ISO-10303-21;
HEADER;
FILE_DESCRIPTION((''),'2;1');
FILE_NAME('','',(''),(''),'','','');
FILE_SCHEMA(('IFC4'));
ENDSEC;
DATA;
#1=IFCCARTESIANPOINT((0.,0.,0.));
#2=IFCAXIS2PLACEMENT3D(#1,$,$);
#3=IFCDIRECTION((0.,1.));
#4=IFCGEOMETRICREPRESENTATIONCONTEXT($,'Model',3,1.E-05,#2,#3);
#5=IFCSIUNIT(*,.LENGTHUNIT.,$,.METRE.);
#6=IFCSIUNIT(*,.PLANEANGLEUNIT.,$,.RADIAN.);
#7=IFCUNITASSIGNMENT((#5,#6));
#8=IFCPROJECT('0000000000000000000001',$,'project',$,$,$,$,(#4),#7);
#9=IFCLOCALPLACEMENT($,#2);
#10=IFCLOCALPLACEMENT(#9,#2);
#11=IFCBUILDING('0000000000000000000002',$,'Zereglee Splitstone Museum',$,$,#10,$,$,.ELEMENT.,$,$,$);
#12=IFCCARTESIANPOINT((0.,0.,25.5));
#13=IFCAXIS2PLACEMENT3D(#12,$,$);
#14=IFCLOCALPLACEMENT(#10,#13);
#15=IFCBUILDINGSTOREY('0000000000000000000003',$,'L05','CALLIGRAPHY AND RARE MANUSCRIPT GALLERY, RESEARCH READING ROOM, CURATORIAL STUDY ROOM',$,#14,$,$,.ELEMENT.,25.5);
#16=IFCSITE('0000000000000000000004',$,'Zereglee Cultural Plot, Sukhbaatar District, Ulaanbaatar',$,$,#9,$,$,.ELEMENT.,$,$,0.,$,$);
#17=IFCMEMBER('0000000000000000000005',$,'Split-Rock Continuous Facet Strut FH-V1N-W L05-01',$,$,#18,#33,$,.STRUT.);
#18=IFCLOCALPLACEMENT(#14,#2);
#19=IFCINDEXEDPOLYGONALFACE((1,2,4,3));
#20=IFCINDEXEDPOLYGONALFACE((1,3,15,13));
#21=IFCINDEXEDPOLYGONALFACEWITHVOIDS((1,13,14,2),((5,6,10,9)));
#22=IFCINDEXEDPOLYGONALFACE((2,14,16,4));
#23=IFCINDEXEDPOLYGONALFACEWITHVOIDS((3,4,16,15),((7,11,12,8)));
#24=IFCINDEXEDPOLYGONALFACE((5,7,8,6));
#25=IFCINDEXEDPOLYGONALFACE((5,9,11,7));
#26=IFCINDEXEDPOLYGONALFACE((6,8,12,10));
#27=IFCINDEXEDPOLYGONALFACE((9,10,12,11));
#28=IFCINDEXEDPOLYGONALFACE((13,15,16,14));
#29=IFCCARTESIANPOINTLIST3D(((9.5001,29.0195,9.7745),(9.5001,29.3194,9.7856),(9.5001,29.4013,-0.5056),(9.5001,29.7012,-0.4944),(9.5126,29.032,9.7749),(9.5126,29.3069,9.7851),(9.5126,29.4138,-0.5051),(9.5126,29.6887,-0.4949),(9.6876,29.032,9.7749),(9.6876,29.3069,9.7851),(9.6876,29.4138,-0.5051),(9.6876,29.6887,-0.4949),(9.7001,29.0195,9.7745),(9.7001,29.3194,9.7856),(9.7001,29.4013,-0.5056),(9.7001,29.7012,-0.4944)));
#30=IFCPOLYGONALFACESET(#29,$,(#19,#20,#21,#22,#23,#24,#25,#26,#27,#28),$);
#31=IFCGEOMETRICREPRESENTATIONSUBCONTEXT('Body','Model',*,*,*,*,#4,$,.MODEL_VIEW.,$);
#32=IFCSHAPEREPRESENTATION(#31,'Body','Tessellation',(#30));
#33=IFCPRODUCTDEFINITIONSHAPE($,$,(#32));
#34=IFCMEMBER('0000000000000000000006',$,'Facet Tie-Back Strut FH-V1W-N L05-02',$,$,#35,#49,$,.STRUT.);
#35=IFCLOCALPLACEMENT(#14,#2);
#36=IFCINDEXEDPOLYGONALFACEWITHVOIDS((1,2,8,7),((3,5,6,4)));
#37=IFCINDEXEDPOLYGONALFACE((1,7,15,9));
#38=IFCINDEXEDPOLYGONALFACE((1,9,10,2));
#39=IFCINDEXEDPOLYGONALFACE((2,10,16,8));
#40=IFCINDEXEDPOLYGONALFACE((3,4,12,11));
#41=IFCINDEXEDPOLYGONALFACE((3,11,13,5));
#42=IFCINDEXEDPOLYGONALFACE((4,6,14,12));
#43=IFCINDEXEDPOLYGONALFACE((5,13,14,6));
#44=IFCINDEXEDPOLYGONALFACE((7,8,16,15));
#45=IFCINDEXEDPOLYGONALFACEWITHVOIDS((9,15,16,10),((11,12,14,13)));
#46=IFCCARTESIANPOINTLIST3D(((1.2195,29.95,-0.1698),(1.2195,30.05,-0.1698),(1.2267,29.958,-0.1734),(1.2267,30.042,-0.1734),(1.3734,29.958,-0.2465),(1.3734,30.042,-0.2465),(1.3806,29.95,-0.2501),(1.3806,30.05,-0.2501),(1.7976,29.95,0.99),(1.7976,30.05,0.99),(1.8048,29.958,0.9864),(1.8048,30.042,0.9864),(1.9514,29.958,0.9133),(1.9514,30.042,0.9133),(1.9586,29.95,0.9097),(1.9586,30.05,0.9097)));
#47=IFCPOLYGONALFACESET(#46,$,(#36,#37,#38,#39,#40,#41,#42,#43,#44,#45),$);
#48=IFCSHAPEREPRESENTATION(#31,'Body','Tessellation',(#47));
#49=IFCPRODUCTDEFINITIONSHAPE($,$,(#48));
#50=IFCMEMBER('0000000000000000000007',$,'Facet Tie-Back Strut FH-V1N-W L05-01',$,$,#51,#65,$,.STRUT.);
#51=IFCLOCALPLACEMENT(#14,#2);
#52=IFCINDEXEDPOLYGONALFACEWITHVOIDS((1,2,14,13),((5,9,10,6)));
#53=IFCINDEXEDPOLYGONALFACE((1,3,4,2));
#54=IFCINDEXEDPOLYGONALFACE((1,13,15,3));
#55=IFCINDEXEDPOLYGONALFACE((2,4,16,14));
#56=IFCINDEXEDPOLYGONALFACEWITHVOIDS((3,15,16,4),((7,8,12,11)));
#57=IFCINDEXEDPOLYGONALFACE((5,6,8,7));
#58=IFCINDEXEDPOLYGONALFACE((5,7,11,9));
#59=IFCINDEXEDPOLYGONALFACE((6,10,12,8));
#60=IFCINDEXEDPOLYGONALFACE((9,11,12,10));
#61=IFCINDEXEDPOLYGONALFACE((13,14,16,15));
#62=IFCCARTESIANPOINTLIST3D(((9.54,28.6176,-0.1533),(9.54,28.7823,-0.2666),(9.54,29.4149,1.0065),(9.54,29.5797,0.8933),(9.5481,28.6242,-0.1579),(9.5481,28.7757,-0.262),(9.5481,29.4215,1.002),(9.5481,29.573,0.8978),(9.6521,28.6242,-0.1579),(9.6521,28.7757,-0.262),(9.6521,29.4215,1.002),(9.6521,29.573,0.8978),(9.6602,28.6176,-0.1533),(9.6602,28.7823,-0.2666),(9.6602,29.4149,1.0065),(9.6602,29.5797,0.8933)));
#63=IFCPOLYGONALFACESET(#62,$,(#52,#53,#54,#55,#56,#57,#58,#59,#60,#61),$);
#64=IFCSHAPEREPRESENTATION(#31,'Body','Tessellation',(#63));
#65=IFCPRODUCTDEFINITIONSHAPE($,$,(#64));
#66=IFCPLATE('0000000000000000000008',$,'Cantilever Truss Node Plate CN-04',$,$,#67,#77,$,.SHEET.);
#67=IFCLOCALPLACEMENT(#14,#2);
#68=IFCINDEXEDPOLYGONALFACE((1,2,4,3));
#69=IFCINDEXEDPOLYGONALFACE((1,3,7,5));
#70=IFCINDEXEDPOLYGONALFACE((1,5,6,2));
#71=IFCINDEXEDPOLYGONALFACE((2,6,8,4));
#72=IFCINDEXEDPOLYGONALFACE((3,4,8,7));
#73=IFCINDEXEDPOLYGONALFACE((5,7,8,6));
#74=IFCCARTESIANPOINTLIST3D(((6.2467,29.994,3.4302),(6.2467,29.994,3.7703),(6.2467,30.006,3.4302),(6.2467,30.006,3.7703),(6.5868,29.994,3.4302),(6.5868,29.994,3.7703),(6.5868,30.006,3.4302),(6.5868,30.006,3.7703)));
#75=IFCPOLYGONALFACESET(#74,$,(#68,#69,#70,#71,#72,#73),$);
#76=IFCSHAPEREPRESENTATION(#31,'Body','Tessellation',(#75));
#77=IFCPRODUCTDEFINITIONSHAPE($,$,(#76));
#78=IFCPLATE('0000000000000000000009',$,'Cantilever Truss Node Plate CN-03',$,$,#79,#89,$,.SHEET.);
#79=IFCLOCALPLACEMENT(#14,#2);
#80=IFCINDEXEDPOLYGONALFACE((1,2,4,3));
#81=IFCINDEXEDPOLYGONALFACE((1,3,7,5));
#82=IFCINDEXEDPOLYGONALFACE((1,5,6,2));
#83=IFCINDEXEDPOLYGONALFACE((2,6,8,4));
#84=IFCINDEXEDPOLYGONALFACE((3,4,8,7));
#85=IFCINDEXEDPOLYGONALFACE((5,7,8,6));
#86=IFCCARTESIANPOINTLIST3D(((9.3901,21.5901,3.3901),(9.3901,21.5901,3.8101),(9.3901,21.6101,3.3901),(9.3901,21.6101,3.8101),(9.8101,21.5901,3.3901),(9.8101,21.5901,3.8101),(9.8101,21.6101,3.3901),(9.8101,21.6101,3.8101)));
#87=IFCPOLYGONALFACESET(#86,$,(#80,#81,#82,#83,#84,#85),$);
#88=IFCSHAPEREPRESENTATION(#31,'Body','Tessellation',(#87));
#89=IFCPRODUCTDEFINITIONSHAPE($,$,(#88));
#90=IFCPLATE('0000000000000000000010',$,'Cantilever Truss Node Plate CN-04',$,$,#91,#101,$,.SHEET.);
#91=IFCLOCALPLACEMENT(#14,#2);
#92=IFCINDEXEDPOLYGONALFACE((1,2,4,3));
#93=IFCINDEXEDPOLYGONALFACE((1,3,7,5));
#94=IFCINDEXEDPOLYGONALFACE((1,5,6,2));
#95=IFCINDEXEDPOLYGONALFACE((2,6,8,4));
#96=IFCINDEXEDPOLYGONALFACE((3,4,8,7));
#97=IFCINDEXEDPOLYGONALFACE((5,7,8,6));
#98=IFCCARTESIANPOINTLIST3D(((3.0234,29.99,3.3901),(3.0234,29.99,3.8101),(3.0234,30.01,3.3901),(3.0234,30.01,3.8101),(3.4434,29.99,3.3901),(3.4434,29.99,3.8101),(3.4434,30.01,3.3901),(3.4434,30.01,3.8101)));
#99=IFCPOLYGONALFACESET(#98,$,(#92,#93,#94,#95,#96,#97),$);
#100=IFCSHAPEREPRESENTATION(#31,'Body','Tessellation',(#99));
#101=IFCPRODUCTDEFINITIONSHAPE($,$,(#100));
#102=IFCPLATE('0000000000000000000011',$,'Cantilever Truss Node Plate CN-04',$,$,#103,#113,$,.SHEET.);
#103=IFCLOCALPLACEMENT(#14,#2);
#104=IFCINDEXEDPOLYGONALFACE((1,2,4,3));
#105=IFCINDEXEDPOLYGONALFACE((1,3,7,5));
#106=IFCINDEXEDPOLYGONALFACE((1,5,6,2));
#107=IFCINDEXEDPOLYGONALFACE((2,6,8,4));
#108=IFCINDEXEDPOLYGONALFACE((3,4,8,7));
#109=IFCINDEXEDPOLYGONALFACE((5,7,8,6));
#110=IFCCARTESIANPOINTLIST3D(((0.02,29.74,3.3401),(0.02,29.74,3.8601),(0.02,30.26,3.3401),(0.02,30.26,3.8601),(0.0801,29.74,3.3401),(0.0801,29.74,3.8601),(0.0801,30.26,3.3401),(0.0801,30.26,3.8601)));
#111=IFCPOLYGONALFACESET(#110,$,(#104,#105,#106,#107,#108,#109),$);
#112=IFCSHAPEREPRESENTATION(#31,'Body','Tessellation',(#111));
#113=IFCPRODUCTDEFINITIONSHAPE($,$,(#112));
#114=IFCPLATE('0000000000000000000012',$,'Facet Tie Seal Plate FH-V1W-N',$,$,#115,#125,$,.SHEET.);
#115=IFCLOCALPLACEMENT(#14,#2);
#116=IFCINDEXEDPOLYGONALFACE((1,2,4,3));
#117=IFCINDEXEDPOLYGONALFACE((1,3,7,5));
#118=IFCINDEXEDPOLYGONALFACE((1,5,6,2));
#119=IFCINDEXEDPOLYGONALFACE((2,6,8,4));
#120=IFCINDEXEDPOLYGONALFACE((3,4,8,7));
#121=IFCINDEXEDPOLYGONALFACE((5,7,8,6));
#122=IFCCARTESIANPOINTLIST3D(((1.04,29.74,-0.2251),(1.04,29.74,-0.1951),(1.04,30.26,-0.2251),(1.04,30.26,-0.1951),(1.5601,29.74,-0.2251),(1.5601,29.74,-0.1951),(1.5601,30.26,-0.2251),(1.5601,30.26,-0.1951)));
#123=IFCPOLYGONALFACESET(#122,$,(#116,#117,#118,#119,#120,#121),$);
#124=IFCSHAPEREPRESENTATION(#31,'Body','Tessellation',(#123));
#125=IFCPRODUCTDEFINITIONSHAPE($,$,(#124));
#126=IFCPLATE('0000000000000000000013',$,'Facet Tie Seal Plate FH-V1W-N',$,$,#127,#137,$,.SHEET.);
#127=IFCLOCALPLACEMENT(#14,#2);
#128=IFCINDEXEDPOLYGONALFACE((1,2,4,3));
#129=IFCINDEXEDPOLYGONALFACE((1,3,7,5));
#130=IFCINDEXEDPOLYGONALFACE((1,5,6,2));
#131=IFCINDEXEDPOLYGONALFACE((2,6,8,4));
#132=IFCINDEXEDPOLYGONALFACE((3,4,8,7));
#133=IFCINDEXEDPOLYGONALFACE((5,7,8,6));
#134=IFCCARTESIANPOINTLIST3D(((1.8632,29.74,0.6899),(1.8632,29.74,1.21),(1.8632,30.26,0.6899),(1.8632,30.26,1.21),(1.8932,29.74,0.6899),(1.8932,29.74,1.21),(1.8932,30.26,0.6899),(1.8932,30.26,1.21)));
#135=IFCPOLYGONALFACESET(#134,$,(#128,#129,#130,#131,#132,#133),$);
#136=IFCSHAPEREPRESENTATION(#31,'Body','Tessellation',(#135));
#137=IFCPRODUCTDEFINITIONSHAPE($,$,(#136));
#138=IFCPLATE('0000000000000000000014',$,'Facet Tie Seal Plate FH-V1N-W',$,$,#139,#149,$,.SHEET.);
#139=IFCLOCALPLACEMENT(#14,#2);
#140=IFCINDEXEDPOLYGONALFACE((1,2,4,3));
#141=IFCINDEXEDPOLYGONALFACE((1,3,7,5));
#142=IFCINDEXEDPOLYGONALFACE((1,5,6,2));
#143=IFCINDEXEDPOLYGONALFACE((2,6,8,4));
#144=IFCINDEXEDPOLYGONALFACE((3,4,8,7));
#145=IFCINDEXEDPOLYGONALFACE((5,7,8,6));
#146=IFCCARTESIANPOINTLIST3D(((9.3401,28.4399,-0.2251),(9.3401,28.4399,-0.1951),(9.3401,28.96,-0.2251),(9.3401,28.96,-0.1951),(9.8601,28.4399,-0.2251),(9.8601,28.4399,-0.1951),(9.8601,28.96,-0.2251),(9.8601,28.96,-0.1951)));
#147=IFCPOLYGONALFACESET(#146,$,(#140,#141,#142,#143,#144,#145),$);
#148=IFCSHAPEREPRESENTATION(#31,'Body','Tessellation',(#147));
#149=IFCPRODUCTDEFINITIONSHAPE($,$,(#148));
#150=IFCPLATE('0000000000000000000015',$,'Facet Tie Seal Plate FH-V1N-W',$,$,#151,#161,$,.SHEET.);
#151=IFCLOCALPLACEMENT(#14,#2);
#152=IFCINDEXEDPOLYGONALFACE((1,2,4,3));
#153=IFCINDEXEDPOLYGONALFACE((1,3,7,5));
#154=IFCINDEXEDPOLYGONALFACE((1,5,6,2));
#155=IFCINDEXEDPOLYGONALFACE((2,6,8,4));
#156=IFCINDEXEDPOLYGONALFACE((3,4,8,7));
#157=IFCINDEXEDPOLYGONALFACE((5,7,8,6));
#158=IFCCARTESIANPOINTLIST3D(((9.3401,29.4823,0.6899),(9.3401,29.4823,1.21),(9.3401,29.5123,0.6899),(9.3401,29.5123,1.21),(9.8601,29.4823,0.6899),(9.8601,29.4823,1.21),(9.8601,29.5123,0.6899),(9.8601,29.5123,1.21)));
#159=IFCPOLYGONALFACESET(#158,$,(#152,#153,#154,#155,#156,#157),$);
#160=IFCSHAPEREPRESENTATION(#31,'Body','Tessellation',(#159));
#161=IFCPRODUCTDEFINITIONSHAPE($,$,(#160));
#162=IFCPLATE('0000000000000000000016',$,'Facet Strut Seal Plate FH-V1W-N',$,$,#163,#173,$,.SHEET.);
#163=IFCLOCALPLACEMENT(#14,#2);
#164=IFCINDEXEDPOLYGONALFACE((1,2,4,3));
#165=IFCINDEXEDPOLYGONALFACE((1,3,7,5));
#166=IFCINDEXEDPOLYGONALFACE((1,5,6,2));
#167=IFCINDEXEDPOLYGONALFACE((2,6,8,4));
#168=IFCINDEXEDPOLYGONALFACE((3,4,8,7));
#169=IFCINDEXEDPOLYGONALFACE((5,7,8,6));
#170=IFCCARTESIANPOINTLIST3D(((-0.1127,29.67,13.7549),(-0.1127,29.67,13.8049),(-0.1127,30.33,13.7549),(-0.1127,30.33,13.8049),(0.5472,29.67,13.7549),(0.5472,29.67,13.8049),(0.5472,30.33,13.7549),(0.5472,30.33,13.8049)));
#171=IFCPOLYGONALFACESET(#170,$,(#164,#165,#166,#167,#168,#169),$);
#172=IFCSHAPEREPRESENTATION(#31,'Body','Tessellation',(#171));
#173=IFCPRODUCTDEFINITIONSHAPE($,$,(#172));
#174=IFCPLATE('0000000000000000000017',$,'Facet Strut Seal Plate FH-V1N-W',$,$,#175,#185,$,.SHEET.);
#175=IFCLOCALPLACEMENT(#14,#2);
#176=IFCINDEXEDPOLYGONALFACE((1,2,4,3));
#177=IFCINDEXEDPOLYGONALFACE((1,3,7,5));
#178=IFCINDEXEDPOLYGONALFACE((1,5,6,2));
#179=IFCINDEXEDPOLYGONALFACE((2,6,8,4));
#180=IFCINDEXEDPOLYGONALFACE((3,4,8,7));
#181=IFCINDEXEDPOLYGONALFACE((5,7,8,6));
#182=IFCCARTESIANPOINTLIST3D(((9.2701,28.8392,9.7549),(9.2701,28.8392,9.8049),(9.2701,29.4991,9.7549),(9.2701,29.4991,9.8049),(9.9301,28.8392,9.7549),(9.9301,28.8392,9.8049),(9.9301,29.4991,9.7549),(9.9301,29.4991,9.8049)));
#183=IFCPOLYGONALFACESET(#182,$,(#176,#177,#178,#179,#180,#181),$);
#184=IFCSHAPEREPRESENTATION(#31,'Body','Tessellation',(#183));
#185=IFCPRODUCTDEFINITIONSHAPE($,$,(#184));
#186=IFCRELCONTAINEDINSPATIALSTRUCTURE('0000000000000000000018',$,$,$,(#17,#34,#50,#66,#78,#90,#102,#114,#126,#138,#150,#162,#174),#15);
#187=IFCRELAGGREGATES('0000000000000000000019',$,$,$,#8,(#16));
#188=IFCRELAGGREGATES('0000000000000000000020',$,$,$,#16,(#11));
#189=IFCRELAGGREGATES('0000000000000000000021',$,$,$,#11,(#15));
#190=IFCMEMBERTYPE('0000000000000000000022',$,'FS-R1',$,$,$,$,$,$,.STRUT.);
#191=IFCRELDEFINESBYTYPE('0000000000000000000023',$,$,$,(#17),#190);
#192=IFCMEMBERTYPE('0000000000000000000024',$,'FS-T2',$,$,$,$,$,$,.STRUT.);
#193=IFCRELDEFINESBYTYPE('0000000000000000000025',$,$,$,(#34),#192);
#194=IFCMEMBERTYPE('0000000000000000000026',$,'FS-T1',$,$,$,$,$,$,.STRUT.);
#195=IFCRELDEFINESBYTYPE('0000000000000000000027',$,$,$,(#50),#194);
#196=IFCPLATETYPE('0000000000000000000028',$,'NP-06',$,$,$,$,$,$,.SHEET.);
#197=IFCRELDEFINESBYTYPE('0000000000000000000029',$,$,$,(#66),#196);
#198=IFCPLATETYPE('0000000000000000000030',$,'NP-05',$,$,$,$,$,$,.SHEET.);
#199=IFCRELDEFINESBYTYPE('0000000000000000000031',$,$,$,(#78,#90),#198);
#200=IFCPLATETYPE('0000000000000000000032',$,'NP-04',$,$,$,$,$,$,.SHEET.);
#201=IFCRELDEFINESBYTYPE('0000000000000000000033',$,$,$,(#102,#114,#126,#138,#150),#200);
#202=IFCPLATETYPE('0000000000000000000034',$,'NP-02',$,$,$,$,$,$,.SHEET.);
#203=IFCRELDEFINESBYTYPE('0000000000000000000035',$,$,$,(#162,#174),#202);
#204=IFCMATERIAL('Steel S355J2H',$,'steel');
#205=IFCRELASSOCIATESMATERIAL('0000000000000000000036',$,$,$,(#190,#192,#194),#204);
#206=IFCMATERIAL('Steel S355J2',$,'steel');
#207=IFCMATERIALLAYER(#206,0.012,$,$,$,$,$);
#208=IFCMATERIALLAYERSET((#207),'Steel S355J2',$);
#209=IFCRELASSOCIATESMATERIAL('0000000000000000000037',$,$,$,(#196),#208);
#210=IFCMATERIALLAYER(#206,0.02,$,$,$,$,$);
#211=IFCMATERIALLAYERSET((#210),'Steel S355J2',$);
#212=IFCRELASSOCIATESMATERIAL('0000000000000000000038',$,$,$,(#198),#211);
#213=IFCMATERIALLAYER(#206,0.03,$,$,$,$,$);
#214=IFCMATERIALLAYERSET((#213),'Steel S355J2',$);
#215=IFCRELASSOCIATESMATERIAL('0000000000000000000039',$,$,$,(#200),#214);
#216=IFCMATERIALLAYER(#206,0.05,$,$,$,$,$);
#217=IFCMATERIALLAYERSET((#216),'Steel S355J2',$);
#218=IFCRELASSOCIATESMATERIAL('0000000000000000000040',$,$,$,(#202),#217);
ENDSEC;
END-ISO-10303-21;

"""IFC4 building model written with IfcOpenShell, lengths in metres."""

from ifc_helpers import new_model, si_unit, direction, frame, origin, origin_2d, place, context, subcontext, project, spatial, rectangle, hollow_rectangle, extrude, material, layer, layer_set, material_profile, profile_set, type_object, element, save


model = new_model("IFC4")

# Units and contexts
model_context = context("Model", 3, precision=1e-05, world=origin(), true_north=direction((0.0, 1.0)))
body_context = subcontext(model_context, "Body", "Model", "MODEL_VIEW")
ifc_project = project(units=[si_unit("LENGTHUNIT", "METRE"), si_unit("PLANEANGLEUNIT", "RADIAN")], contexts=[model_context])

# Site, building, storey
site_placement = place(None, origin())
site = spatial("IfcSite", under=ifc_project, at=site_placement, Name="Zereglee Cultural Plot, Sukhbaatar District, Ulaanbaatar", CompositionType="ELEMENT", RefElevation=0.0)
building_placement = place(site_placement, origin())
building = spatial("IfcBuilding", under=site, at=building_placement, Name="Zereglee Splitstone Museum", CompositionType="ELEMENT")
storey_placement = place(building_placement, frame((0.0, 0.0, 25.5)))
storey = spatial("IfcBuildingStorey", under=building, at=storey_placement, Name="L05", Description="CALLIGRAPHY AND RARE MANUSCRIPT GALLERY, RESEARCH READING ROOM, CURATORIAL STUDY ROOM", CompositionType="ELEMENT", Elevation=25.5)

# Shared definitions
ifc_material_1 = material(Name="Steel S355J2H", Category="steel")

# Shared definitions
ifc_material_2 = material(Name="Steel S355J2", Category="steel")

# Members
ifc_material_profile_1 = material_profile(ifc_material_1, hollow_rectangle(XDim=0.2, YDim=0.3, WallThickness=0.0125, at=origin_2d()), Name="RHS 300x200x12.5")
ifc_profile_set_1 = profile_set([ifc_material_profile_1], Name="Steel S355J2H")
member_type_1 = type_object("IfcMemberType", Name="FS-R1", PredefinedType="STRUT", material=ifc_profile_set_1)
member_1_placement = place(storey_placement, frame((9.6001, 29.5513, -0.5), z_axis=(0.0, -0.037118, 0.999311), x_axis=(1.0, 0.0, 0.0)))
element("IfcMember", 1, at=member_1_placement, inside=storey, type_object=member_type_1, Name="Split-Rock Continuous Facet Strut FH-V1N-W L05-01", PredefinedType="STRUT", context=body_context, shape_type="SweptSolid", body=[
    extrude(hollow_rectangle(XDim=0.2, YDim=0.3, WallThickness=0.0125, at=origin_2d()), origin(), (0.0, 0.0, 1.0), 10.2871),
])
ifc_material_profile_2 = material_profile(ifc_material_1, hollow_rectangle(XDim=0.1001, YDim=0.1799, WallThickness=0.0081, at=origin_2d()), Name="RHS 180x100x8")
ifc_profile_set_2 = profile_set([ifc_material_profile_2], Name="Steel S355J2H")
member_type_2 = type_object("IfcMemberType", Name="FS-T2", PredefinedType="STRUT", material=ifc_profile_set_2)
member_2_placement = place(storey_placement, frame((1.3, 30.0, -0.21), z_axis=(0.446083, 0.0, 0.894992), x_axis=(0.0, 1.0, 0.0)))
element("IfcMember", 2, at=member_2_placement, inside=storey, type_object=member_type_2, Name="Facet Tie-Back Strut FH-V1W-N L05-02", PredefinedType="STRUT", context=body_context, shape_type="SweptSolid", body=[
    extrude(hollow_rectangle(XDim=0.1001, YDim=0.1799, WallThickness=0.0081, at=origin_2d()), origin(), (0.0, 0.0, 1.0), 1.2959),
])
ifc_material_profile_3 = material_profile(ifc_material_1, hollow_rectangle(XDim=0.1201, YDim=0.2, WallThickness=0.0081, at=origin_2d()), Name="RHS 200x120x8")
ifc_profile_set_3 = profile_set([ifc_material_profile_3], Name="Steel S355J2H")
member_type_3 = type_object("IfcMemberType", Name="FS-T1", PredefinedType="STRUT", material=ifc_profile_set_3)
member_3_placement = place(storey_placement, frame((9.6001, 28.7, -0.21), z_axis=(0.0, 0.566492, 0.824067), x_axis=(-1.0, 0.0, 0.0)))
element("IfcMember", 3, at=member_3_placement, inside=storey, type_object=member_type_3, Name="Facet Tie-Back Strut FH-V1N-W L05-01", PredefinedType="STRUT", context=body_context, shape_type="SweptSolid", body=[
    extrude(hollow_rectangle(XDim=0.1201, YDim=0.2, WallThickness=0.0081, at=origin_2d()), origin(), (0.0, 0.0, 1.0), 1.4075),
])

# Plates
ifc_layer_1 = layer(ifc_material_2, 0.012)
ifc_layer_set_1 = layer_set([ifc_layer_1], Name="Steel S355J2")
plate_type_1 = type_object("IfcPlateType", Name="NP-06", PredefinedType="SHEET", material=ifc_layer_set_1)
plate_1_placement = place(storey_placement, frame((6.4167, 30.0, 3.4302), z_axis=(0.0, 0.0, 1.0), x_axis=(1.0, 0.0, 0.0)))
element("IfcPlate", 4, at=plate_1_placement, inside=storey, type_object=plate_type_1, Name="Cantilever Truss Node Plate CN-04", PredefinedType="SHEET", context=body_context, shape_type="SweptSolid", body=[
    extrude(rectangle(XDim=0.3401, YDim=0.012, at=origin_2d()), origin(), (0.0, 0.0, 1.0), 0.3401),
])
ifc_layer_2 = layer(ifc_material_2, 0.02)
ifc_layer_set_2 = layer_set([ifc_layer_2], Name="Steel S355J2")
plate_type_2 = type_object("IfcPlateType", Name="NP-05", PredefinedType="SHEET", material=ifc_layer_set_2)
for number, where, z_axis, x_axis, name in (
    (5, (9.6001, 21.6001, 3.3901), (0.0, 0.0, 1.0), (1.0, 0.0, 0.0), "Cantilever Truss Node Plate CN-03"),
    (6, (3.2334, 30.0, 3.3901), (0.0, 0.0, 1.0), (1.0, 0.0, 0.0), "Cantilever Truss Node Plate CN-04"),
):
    element("IfcPlate", number, at=place(storey_placement, frame(where, z_axis=z_axis, x_axis=x_axis)), inside=storey, type_object=plate_type_2, Name=name, PredefinedType="SHEET", context=body_context, shape_type="SweptSolid", body=[
        extrude(rectangle(XDim=0.4199, YDim=0.02, at=origin_2d()), origin(), (0.0, 0.0, 1.0), 0.4199),
    ])
ifc_layer_3 = layer(ifc_material_2, 0.03)
ifc_layer_set_3 = layer_set([ifc_layer_3], Name="Steel S355J2")
plate_type_3 = type_object("IfcPlateType", Name="NP-04", PredefinedType="SHEET", material=ifc_layer_set_3)
plate_2_placement = place(storey_placement, frame((0.05, 30.0, 3.3401), z_axis=(0.0, 0.0, 1.0), x_axis=(1.0, 0.0, 0.0)))
element("IfcPlate", 7, at=plate_2_placement, inside=storey, type_object=plate_type_3, Name="Cantilever Truss Node Plate CN-04", PredefinedType="SHEET", context=body_context, shape_type="SweptSolid", body=[
    extrude(rectangle(XDim=0.0601, YDim=0.52, at=origin_2d()), origin(), (0.0, 0.0, 1.0), 0.52),
])
plate_3_placement = place(storey_placement, frame((1.3, 30.0, -0.2251), z_axis=(0.0, 0.0, 1.0), x_axis=(1.0, 0.0, 0.0)))
element("IfcPlate", 8, at=plate_3_placement, inside=storey, type_object=plate_type_3, Name="Facet Tie Seal Plate FH-V1W-N", PredefinedType="SHEET", context=body_context, shape_type="SweptSolid", body=[
    extrude(rectangle(XDim=0.52, YDim=0.52, at=origin_2d()), origin(), (0.0, 0.0, 1.0), 0.03),
])
plate_4_placement = place(storey_placement, frame((1.8782, 30.0, 0.6899), z_axis=(0.0, 0.0, 1.0), x_axis=(1.0, 0.0, 0.0)))
element("IfcPlate", 9, at=plate_4_placement, inside=storey, type_object=plate_type_3, Name="Facet Tie Seal Plate FH-V1W-N", PredefinedType="SHEET", context=body_context, shape_type="SweptSolid", body=[
    extrude(rectangle(XDim=0.03, YDim=0.52, at=origin_2d()), origin(), (0.0, 0.0, 1.0), 0.52),
])
plate_5_placement = place(storey_placement, frame((9.6001, 28.7, -0.2251), z_axis=(0.0, 0.0, 1.0), x_axis=(1.0, 0.0, 0.0)))
element("IfcPlate", 10, at=plate_5_placement, inside=storey, type_object=plate_type_3, Name="Facet Tie Seal Plate FH-V1N-W", PredefinedType="SHEET", context=body_context, shape_type="SweptSolid", body=[
    extrude(rectangle(XDim=0.52, YDim=0.52, at=origin_2d()), origin(), (0.0, 0.0, 1.0), 0.03),
])
plate_6_placement = place(storey_placement, frame((9.6001, 29.4973, 0.6899), z_axis=(0.0, 0.0, 1.0), x_axis=(1.0, 0.0, 0.0)))
element("IfcPlate", 11, at=plate_6_placement, inside=storey, type_object=plate_type_3, Name="Facet Tie Seal Plate FH-V1N-W", PredefinedType="SHEET", context=body_context, shape_type="SweptSolid", body=[
    extrude(rectangle(XDim=0.52, YDim=0.03, at=origin_2d()), origin(), (0.0, 0.0, 1.0), 0.52),
])
ifc_layer_4 = layer(ifc_material_2, 0.05)
ifc_layer_set_4 = layer_set([ifc_layer_4], Name="Steel S355J2")
plate_type_4 = type_object("IfcPlateType", Name="NP-02", PredefinedType="SHEET", material=ifc_layer_set_4)
for number, where, z_axis, x_axis, name in (
    (12, (0.2173, 30.0, 13.7549), (0.0, 0.0, 1.0), (1.0, 0.0, 0.0), "Facet Strut Seal Plate FH-V1W-N"),
    (13, (9.6001, 29.1692, 9.7549), (0.0, 0.0, 1.0), (1.0, 0.0, 0.0), "Facet Strut Seal Plate FH-V1N-W"),
):
    element("IfcPlate", number, at=place(storey_placement, frame(where, z_axis=z_axis, x_axis=x_axis)), inside=storey, type_object=plate_type_4, Name=name, PredefinedType="SHEET", context=body_context, shape_type="SweptSolid", body=[
        extrude(rectangle(XDim=0.6599, YDim=0.6599, at=origin_2d()), origin(), (0.0, 0.0, 1.0), 0.05),
    ])

save(model, "model.ifc")
